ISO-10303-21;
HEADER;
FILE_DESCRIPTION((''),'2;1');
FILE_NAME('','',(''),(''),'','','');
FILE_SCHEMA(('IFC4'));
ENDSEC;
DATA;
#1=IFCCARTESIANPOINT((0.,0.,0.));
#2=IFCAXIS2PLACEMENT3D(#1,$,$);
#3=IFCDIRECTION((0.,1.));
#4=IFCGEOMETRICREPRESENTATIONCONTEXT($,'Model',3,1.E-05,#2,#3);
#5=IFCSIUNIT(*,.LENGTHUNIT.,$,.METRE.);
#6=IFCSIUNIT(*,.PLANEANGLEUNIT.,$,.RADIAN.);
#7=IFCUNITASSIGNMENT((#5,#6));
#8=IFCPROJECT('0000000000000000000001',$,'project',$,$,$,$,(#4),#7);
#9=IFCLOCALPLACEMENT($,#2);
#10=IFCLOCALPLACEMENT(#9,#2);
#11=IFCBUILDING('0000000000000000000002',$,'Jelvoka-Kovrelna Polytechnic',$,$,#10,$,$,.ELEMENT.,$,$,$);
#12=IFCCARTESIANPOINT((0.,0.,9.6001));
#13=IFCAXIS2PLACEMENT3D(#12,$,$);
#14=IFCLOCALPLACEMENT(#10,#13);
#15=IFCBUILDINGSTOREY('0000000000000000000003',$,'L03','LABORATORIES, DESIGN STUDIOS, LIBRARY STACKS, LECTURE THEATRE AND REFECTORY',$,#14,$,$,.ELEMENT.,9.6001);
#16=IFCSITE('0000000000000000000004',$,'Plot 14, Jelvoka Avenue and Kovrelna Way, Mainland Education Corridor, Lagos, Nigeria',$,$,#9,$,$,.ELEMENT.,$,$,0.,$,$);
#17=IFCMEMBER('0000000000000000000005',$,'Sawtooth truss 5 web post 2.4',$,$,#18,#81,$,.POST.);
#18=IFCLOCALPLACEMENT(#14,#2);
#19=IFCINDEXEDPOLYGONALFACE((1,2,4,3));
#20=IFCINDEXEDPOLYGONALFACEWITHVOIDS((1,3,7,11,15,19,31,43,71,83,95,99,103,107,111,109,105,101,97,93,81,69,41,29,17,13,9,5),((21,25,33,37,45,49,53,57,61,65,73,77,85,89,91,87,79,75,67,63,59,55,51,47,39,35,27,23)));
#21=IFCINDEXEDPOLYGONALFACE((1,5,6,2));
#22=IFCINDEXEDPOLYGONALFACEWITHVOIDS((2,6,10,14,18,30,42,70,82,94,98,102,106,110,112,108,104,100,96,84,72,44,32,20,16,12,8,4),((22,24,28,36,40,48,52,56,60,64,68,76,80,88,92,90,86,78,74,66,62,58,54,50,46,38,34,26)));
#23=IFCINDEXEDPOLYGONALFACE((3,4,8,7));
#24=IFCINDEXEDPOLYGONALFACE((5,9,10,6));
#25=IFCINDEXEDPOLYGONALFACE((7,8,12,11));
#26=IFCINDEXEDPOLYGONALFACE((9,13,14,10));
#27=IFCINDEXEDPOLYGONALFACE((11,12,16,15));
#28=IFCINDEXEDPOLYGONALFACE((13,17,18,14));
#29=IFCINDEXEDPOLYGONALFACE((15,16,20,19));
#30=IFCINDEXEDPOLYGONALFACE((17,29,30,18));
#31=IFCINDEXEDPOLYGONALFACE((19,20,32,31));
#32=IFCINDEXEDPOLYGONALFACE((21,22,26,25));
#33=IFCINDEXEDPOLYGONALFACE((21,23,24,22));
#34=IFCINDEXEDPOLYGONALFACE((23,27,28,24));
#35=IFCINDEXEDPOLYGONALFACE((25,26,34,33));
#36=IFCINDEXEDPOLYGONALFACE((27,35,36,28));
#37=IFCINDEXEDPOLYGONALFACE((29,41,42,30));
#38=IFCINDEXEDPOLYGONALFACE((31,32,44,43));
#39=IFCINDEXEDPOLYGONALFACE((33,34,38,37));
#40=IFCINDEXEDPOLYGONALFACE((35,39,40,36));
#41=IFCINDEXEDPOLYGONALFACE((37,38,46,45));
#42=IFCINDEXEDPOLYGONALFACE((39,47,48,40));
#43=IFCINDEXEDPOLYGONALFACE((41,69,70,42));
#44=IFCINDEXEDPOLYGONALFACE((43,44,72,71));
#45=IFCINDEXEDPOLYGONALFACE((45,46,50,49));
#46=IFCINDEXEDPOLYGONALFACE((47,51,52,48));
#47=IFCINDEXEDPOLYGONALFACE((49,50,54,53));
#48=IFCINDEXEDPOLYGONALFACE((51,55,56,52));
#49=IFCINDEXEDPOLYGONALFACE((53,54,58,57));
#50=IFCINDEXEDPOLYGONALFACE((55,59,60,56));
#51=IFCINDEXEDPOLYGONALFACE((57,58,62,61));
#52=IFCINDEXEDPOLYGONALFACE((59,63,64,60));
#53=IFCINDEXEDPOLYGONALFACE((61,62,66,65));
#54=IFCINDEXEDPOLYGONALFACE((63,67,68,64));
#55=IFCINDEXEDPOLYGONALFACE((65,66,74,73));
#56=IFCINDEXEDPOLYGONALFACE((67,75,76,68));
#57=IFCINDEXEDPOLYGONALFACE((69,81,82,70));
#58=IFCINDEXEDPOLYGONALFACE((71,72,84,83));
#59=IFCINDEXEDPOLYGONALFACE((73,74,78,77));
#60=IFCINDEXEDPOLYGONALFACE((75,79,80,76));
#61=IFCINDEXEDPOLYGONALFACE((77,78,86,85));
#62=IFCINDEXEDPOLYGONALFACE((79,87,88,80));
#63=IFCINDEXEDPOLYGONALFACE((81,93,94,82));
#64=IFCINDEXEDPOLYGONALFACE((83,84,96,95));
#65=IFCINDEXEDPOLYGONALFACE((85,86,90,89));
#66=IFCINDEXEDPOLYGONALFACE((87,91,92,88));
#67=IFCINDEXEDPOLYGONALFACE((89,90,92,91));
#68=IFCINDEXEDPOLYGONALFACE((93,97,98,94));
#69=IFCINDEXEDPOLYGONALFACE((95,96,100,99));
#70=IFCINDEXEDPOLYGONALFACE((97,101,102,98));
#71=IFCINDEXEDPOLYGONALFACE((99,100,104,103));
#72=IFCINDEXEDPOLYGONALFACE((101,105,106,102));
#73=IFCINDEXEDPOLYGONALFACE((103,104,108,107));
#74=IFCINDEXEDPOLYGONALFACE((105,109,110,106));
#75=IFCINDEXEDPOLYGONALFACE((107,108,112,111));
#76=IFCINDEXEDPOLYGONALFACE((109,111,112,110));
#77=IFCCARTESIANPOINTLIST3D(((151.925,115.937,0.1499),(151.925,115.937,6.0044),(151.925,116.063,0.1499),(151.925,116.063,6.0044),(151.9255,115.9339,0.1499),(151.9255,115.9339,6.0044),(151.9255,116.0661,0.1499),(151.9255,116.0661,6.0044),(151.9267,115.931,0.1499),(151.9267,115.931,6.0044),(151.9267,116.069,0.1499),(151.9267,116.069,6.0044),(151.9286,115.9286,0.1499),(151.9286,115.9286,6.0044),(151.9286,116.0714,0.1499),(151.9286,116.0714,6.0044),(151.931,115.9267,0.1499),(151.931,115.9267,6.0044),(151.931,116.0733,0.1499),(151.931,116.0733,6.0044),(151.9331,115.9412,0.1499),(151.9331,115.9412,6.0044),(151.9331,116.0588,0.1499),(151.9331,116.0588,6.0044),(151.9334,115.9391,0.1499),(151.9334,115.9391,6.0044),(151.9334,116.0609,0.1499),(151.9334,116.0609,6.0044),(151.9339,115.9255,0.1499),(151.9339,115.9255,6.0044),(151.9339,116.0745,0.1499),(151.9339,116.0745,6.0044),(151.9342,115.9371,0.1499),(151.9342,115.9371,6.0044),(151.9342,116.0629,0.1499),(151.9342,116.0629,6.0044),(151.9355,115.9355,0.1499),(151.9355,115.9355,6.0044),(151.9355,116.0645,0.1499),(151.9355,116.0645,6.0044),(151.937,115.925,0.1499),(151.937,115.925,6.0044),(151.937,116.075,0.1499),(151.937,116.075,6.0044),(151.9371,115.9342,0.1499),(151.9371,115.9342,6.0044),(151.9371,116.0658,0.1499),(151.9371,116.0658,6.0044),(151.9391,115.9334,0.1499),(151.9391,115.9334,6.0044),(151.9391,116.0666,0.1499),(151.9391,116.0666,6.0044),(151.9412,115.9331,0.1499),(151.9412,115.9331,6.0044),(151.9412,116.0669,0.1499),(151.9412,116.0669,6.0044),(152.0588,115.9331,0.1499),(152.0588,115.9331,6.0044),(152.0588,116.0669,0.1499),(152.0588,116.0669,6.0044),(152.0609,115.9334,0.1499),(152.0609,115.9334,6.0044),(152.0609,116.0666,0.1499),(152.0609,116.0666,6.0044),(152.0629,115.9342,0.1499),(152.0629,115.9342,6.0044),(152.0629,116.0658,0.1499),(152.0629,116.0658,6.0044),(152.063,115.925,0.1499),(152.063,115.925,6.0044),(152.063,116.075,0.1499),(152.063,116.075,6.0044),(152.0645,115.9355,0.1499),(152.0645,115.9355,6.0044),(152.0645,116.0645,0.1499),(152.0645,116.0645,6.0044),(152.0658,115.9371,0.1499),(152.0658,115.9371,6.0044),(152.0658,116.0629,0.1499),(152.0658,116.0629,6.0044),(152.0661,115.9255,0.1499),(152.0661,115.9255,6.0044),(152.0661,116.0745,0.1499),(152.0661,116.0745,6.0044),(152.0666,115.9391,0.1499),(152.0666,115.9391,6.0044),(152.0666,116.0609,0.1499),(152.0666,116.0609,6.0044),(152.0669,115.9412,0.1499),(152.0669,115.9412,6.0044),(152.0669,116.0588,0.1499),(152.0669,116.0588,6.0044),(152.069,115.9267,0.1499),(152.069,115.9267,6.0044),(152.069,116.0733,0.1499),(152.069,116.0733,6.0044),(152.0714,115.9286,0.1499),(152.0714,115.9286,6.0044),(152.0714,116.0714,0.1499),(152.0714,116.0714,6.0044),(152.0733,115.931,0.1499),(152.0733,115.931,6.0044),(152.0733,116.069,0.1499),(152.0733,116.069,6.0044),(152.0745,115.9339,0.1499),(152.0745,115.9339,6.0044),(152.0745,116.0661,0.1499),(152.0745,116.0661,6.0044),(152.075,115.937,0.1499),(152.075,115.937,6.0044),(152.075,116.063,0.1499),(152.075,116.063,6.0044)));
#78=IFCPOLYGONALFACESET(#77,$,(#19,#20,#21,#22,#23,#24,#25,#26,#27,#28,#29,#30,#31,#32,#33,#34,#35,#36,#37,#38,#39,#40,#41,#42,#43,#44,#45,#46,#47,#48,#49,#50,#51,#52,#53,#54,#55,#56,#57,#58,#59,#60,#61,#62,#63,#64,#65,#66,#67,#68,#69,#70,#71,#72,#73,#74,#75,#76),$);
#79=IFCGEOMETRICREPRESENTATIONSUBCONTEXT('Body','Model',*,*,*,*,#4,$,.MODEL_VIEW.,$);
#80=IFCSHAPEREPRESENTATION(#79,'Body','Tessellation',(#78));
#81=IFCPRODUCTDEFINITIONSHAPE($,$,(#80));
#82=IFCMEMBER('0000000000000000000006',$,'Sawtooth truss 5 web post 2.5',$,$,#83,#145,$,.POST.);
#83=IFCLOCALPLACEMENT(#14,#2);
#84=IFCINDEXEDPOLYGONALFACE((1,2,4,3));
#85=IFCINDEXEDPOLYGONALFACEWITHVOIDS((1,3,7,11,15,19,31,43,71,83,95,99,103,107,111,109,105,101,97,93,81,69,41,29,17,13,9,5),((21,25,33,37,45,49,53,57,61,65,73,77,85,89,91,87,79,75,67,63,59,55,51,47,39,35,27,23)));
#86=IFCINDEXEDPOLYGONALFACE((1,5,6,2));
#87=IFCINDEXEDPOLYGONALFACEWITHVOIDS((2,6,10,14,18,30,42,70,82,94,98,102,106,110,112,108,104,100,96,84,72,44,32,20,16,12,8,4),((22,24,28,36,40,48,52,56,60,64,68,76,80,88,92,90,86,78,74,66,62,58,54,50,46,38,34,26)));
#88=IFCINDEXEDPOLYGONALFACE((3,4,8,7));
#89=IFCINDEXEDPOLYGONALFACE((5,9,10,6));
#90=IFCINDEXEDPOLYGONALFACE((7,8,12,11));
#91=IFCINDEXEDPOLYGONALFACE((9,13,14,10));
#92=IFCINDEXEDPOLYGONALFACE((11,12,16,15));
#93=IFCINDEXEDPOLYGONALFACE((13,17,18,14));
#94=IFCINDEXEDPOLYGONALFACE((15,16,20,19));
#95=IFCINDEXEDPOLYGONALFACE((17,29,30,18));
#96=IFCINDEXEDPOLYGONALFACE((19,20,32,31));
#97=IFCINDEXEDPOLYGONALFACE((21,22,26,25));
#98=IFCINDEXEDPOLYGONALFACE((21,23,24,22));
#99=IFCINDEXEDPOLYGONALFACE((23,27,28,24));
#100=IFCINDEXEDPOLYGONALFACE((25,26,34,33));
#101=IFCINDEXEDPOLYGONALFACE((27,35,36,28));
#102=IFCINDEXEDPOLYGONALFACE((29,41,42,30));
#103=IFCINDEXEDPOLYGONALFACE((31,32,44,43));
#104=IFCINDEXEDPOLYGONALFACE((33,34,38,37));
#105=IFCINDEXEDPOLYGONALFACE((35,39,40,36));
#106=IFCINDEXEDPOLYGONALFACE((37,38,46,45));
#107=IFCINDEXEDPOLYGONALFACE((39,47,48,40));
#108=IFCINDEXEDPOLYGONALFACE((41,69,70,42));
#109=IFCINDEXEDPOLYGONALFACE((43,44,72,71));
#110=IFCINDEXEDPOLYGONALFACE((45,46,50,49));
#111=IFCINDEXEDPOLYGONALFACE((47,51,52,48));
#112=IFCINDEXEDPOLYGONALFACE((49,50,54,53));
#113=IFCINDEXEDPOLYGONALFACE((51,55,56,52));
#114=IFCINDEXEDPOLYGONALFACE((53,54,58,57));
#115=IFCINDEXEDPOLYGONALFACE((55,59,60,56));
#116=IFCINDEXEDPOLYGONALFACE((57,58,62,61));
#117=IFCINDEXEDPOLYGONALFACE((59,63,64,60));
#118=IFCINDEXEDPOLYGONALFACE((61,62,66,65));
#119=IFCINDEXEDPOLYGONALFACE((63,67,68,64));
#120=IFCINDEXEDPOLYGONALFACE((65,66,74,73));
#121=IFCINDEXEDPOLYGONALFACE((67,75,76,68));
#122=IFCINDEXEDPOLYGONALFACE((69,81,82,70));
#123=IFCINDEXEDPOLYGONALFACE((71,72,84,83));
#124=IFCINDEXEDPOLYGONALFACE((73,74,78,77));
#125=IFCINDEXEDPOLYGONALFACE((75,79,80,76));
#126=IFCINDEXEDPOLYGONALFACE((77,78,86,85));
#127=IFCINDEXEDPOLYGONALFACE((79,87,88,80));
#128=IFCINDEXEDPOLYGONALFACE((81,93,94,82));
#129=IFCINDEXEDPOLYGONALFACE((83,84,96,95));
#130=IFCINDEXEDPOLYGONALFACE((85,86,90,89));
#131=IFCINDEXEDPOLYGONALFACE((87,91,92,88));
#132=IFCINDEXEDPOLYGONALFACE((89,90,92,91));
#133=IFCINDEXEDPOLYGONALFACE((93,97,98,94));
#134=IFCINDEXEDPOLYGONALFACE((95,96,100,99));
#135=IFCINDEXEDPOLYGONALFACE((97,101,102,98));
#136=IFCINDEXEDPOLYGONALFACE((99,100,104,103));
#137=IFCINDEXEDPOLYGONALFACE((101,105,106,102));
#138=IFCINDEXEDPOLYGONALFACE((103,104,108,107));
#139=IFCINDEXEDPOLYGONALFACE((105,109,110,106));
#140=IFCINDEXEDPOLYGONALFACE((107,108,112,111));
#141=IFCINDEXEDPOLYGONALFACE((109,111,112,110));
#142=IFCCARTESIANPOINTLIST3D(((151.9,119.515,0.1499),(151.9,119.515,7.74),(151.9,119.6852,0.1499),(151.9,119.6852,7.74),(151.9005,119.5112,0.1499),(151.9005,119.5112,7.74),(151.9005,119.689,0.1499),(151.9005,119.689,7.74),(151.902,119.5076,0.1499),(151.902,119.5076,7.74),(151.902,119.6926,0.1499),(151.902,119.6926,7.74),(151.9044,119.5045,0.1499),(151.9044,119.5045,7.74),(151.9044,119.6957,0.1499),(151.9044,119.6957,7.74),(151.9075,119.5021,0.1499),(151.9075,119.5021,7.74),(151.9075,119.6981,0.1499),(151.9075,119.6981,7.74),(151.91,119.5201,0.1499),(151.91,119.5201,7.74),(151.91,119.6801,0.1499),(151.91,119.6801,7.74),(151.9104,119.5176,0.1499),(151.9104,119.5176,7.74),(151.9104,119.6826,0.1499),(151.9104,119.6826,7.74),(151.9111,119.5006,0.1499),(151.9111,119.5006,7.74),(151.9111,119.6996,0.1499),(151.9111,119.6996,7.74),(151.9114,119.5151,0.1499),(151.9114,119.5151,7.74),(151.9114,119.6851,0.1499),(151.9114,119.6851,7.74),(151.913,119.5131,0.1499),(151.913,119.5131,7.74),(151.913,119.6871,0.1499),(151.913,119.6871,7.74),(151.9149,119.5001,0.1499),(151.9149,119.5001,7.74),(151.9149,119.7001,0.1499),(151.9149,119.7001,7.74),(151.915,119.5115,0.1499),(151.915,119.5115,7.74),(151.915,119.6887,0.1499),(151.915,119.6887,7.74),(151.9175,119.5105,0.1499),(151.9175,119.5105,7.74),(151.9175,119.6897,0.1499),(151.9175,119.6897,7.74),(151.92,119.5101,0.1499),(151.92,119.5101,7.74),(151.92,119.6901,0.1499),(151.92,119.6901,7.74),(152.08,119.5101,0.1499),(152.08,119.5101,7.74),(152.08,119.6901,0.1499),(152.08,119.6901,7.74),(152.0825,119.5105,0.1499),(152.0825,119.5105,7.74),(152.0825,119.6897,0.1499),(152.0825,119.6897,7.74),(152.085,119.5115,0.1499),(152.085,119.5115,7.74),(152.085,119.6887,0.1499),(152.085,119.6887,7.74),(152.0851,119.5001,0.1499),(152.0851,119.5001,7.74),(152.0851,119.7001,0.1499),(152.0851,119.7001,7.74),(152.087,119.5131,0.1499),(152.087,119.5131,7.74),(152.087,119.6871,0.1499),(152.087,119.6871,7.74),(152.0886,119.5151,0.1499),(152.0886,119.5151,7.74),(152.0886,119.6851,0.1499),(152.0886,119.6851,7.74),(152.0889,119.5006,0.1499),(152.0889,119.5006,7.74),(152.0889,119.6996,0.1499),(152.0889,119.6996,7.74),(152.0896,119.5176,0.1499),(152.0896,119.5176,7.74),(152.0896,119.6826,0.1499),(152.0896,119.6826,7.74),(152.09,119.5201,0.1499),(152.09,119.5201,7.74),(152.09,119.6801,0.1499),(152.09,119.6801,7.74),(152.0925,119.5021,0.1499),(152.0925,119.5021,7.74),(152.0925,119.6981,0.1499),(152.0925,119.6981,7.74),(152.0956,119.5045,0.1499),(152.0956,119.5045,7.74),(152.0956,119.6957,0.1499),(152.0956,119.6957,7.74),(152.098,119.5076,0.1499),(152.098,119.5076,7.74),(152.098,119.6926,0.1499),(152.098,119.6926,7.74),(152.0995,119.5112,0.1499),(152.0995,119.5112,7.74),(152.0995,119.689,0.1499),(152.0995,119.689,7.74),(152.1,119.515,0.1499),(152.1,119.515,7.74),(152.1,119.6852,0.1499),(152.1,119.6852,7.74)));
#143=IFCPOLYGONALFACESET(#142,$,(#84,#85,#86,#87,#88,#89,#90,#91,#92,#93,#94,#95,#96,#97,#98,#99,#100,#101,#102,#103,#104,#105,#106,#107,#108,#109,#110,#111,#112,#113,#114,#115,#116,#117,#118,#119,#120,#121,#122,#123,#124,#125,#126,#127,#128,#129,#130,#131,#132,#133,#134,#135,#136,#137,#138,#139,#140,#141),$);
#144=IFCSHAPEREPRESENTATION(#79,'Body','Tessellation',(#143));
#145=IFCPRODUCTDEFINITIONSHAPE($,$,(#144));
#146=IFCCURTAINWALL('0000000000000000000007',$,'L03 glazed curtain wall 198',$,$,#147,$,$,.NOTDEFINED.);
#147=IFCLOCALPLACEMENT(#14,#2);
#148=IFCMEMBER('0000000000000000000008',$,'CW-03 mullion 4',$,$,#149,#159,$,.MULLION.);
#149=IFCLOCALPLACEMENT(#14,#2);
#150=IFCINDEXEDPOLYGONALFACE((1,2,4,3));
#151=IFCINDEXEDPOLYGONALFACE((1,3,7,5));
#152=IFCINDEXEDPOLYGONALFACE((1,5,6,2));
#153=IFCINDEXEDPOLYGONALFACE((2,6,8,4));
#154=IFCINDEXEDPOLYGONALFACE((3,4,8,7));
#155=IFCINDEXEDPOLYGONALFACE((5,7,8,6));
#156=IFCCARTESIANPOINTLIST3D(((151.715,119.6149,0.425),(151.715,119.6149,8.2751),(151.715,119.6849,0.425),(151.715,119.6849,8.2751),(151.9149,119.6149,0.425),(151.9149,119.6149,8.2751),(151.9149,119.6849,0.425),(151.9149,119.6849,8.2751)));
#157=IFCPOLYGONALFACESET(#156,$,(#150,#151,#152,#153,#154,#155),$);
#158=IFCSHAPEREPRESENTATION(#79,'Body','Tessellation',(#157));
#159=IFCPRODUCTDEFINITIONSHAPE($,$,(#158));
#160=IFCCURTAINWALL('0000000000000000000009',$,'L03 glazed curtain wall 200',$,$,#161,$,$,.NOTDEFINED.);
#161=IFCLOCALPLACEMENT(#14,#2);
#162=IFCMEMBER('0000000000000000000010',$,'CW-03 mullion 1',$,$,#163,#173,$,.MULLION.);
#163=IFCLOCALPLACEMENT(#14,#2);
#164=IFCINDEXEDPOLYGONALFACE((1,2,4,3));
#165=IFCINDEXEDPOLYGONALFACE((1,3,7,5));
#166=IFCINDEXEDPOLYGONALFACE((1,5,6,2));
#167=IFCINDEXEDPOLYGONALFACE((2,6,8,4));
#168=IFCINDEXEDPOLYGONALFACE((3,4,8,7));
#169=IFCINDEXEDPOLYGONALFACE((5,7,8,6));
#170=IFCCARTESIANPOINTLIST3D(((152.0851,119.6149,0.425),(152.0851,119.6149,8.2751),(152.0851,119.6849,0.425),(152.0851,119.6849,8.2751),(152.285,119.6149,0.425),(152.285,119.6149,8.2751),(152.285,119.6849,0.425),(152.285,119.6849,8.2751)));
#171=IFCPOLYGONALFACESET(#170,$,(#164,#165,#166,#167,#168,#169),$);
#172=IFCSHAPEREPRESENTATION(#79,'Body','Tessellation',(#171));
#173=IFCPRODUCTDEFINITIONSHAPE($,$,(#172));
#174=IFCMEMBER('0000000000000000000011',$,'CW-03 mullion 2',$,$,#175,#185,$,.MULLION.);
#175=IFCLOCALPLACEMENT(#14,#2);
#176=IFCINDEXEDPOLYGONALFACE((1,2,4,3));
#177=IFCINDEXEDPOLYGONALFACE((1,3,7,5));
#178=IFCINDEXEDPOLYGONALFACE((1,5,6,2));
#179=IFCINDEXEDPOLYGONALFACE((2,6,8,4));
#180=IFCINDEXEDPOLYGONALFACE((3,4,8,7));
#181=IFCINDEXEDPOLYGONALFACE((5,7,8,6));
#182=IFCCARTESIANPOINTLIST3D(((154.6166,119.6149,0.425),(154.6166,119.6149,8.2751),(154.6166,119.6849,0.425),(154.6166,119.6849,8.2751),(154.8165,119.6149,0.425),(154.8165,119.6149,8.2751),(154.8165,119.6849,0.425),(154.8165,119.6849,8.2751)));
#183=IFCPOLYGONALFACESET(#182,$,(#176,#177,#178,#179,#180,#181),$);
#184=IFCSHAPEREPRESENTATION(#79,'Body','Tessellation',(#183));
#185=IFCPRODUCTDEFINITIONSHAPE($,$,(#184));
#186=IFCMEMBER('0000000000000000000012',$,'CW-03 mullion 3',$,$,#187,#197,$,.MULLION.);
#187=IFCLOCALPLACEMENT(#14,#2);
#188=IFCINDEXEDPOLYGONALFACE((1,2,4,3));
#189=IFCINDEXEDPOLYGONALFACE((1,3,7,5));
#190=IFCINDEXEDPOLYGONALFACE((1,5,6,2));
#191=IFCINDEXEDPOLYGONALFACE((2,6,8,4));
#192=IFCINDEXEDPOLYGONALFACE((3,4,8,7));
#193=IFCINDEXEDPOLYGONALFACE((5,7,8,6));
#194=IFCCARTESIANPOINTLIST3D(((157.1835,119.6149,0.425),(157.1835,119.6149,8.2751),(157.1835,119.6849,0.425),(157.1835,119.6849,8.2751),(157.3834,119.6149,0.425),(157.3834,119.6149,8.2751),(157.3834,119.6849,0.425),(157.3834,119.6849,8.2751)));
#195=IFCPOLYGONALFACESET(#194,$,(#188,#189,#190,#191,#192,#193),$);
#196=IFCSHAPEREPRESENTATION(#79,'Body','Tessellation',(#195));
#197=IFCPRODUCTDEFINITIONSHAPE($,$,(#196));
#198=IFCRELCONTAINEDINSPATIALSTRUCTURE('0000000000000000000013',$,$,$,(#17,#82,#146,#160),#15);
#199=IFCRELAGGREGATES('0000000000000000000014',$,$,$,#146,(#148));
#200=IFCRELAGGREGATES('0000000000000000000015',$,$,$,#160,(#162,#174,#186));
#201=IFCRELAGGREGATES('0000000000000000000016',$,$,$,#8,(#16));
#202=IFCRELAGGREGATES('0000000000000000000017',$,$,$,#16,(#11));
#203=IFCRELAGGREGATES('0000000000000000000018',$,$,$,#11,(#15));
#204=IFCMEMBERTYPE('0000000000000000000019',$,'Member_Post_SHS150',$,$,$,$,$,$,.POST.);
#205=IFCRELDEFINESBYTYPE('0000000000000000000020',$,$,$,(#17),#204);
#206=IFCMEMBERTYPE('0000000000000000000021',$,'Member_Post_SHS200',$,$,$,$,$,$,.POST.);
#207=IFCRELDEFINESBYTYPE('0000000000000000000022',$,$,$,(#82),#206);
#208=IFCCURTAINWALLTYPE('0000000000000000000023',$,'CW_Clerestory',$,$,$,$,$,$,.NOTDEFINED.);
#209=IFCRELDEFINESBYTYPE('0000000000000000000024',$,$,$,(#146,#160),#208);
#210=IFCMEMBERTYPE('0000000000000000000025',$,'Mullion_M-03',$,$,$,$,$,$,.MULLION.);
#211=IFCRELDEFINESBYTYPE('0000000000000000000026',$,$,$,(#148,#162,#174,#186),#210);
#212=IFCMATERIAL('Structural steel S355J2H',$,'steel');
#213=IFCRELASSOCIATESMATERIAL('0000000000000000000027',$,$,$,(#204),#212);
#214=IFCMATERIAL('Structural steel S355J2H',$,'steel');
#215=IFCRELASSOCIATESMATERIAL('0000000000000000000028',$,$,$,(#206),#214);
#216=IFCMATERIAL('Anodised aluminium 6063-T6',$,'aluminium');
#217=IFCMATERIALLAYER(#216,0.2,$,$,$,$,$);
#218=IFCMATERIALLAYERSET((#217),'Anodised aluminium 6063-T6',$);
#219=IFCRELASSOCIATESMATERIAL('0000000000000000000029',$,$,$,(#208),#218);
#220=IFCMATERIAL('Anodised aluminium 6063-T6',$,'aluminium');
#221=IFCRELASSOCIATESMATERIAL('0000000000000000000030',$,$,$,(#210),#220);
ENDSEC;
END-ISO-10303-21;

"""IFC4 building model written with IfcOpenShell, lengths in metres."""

from ifc_helpers import new_model, si_unit, direction, frame, origin, origin_2d, place, context, subcontext, project, spatial, rectangle, hollow_rectangle, extrude, material, layer, layer_set, material_profile, profile_set, type_object, element, aggregate, save


model = new_model("IFC4")

# Units and contexts
model_context = context("Model", 3, precision=1e-05, world=origin(), true_north=direction((0.0, 1.0)))
body_context = subcontext(model_context, "Body", "Model", "MODEL_VIEW")
ifc_project = project(units=[si_unit("LENGTHUNIT", "METRE"), si_unit("PLANEANGLEUNIT", "RADIAN")], contexts=[model_context])

# Site, building, storey
site_placement = place(None, origin())
site = spatial("IfcSite", under=ifc_project, at=site_placement, Name="Plot 14, Jelvoka Avenue and Kovrelna Way, Mainland Education Corridor, Lagos, Nigeria", CompositionType="ELEMENT", RefElevation=0.0)
building_placement = place(site_placement, origin())
building = spatial("IfcBuilding", under=site, at=building_placement, Name="Jelvoka-Kovrelna Polytechnic", CompositionType="ELEMENT")
storey_placement = place(building_placement, frame((0.0, 0.0, 9.6001)))
storey = spatial("IfcBuildingStorey", under=building, at=storey_placement, Name="L03", Description="LABORATORIES, DESIGN STUDIOS, LIBRARY STACKS, LECTURE THEATRE AND REFECTORY", CompositionType="ELEMENT", Elevation=9.6001)

# Members
ifc_material_1 = material(Name="Structural steel S355J2H", Category="steel")
ifc_material_profile_1 = material_profile(ifc_material_1, hollow_rectangle(XDim=0.1499, YDim=0.1499, WallThickness=0.0081, InnerFilletRadius=0.0081, OuterFilletRadius=0.012, at=origin_2d()), Name="150x150x8.0 SHS")
ifc_profile_set_1 = profile_set([ifc_material_profile_1], Name="Structural steel S355J2H")
member_type_1 = type_object("IfcMemberType", Name="Member_Post_SHS150", PredefinedType="POST", material=ifc_profile_set_1)
member_1_placement = place(storey_placement, frame((152.0, 116.0, 0.1499), z_axis=(0.0, 0.0, 1.0), x_axis=(1.0, 0.0, 0.0)))
element("IfcMember", 1, at=member_1_placement, inside=storey, type_object=member_type_1, Name="Sawtooth truss 5 web post 2.4", PredefinedType="POST", context=body_context, shape_type="SweptSolid", body=[
    extrude(hollow_rectangle(XDim=0.1499, YDim=0.1499, WallThickness=0.0081, InnerFilletRadius=0.0081, OuterFilletRadius=0.012, at=origin_2d()), origin(), (0.0, 0.0, 1.0), 5.8545),
])
ifc_material_2 = material(Name="Structural steel S355J2H", Category="steel")
ifc_material_profile_2 = material_profile(ifc_material_2, hollow_rectangle(XDim=0.2, YDim=0.2, WallThickness=0.01, InnerFilletRadius=0.01, OuterFilletRadius=0.0149, at=origin_2d()), Name="200x200x10.0 SHS")
ifc_profile_set_2 = profile_set([ifc_material_profile_2], Name="Structural steel S355J2H")
member_type_2 = type_object("IfcMemberType", Name="Member_Post_SHS200", PredefinedType="POST", material=ifc_profile_set_2)
member_2_placement = place(storey_placement, frame((152.0, 119.6001, 0.1499), z_axis=(0.0, 0.0, 1.0), x_axis=(1.0, 0.0, 0.0)))
element("IfcMember", 2, at=member_2_placement, inside=storey, type_object=member_type_2, Name="Sawtooth truss 5 web post 2.5", PredefinedType="POST", context=body_context, shape_type="SweptSolid", body=[
    extrude(hollow_rectangle(XDim=0.2, YDim=0.2, WallThickness=0.01, InnerFilletRadius=0.01, OuterFilletRadius=0.0149, at=origin_2d()), origin(), (0.0, 0.0, 1.0), 7.5901),
])

# Curtain wall, member
ifc_material_3 = material(Name="Anodised aluminium 6063-T6", Category="aluminium")
ifc_layer_1 = layer(ifc_material_3, 0.2)
ifc_layer_set_1 = layer_set([ifc_layer_1], Name="Anodised aluminium 6063-T6")
curtain_wall_type = type_object("IfcCurtainWallType", Name="CW_Clerestory", PredefinedType="NOTDEFINED", material=ifc_layer_set_1)
curtain_wall_1_placement = place(storey_placement, origin())
curtain_wall_1 = element("IfcCurtainWall", 3, at=curtain_wall_1_placement, inside=storey, type_object=curtain_wall_type, Name="L03 glazed curtain wall 198", PredefinedType="NOTDEFINED")
ifc_material_4 = material(Name="Anodised aluminium 6063-T6", Category="aluminium")
ifc_material_profile_3 = material_profile(ifc_material_4, rectangle(XDim=0.0701, YDim=0.2, at=origin_2d()), Name="ALU 70x200")
ifc_profile_set_3 = profile_set([ifc_material_profile_3], Name="Anodised aluminium 6063-T6")
member_type_3 = type_object("IfcMemberType", Name="Mullion_M-03", PredefinedType="MULLION", material=ifc_profile_set_3)
member_3_placement = place(storey_placement, frame((151.8149, 119.6499, 0.425), z_axis=(0.0, 0.0, 1.0), x_axis=(0.0, 1.0, 0.0)))
member_3 = element("IfcMember", 4, at=member_3_placement, type_object=member_type_3, Name="CW-03 mullion 4", PredefinedType="MULLION", context=body_context, shape_type="SweptSolid", body=[
    extrude(rectangle(XDim=0.0701, YDim=0.2, at=origin_2d()), origin(), (0.0, 0.0, 1.0), 7.8501),
])

# Curtain wall, members
curtain_wall_2_placement = place(storey_placement, origin())
curtain_wall_2 = element("IfcCurtainWall", 5, at=curtain_wall_2_placement, inside=storey, type_object=curtain_wall_type, Name="L03 glazed curtain wall 200", PredefinedType="NOTDEFINED")
member_4_placement = place(storey_placement, frame((152.1851, 119.6499, 0.425), z_axis=(0.0, 0.0, 1.0), x_axis=(0.0, 1.0, 0.0)))
member_4 = element("IfcMember", 6, at=member_4_placement, type_object=member_type_3, Name="CW-03 mullion 1", PredefinedType="MULLION", context=body_context, shape_type="SweptSolid", body=[
    extrude(rectangle(XDim=0.0701, YDim=0.2, at=origin_2d()), origin(), (0.0, 0.0, 1.0), 7.8501),
])
member_5_placement = place(storey_placement, frame((154.7166, 119.6499, 0.425), z_axis=(0.0, 0.0, 1.0), x_axis=(0.0, 1.0, 0.0)))
member_5 = element("IfcMember", 7, at=member_5_placement, type_object=member_type_3, Name="CW-03 mullion 2", PredefinedType="MULLION", context=body_context, shape_type="SweptSolid", body=[
    extrude(rectangle(XDim=0.0701, YDim=0.2, at=origin_2d()), origin(), (0.0, 0.0, 1.0), 7.8501),
])
member_6_placement = place(storey_placement, frame((157.2834, 119.6499, 0.425), z_axis=(0.0, 0.0, 1.0), x_axis=(0.0, 1.0, 0.0)))
member_6 = element("IfcMember", 8, at=member_6_placement, type_object=member_type_3, Name="CW-03 mullion 3", PredefinedType="MULLION", context=body_context, shape_type="SweptSolid", body=[
    extrude(rectangle(XDim=0.0701, YDim=0.2, at=origin_2d()), origin(), (0.0, 0.0, 1.0), 7.8501),
])

aggregate(curtain_wall_1, [member_3])
aggregate(curtain_wall_2, [member_4, member_5, member_6])

save(model, "model.ifc")
